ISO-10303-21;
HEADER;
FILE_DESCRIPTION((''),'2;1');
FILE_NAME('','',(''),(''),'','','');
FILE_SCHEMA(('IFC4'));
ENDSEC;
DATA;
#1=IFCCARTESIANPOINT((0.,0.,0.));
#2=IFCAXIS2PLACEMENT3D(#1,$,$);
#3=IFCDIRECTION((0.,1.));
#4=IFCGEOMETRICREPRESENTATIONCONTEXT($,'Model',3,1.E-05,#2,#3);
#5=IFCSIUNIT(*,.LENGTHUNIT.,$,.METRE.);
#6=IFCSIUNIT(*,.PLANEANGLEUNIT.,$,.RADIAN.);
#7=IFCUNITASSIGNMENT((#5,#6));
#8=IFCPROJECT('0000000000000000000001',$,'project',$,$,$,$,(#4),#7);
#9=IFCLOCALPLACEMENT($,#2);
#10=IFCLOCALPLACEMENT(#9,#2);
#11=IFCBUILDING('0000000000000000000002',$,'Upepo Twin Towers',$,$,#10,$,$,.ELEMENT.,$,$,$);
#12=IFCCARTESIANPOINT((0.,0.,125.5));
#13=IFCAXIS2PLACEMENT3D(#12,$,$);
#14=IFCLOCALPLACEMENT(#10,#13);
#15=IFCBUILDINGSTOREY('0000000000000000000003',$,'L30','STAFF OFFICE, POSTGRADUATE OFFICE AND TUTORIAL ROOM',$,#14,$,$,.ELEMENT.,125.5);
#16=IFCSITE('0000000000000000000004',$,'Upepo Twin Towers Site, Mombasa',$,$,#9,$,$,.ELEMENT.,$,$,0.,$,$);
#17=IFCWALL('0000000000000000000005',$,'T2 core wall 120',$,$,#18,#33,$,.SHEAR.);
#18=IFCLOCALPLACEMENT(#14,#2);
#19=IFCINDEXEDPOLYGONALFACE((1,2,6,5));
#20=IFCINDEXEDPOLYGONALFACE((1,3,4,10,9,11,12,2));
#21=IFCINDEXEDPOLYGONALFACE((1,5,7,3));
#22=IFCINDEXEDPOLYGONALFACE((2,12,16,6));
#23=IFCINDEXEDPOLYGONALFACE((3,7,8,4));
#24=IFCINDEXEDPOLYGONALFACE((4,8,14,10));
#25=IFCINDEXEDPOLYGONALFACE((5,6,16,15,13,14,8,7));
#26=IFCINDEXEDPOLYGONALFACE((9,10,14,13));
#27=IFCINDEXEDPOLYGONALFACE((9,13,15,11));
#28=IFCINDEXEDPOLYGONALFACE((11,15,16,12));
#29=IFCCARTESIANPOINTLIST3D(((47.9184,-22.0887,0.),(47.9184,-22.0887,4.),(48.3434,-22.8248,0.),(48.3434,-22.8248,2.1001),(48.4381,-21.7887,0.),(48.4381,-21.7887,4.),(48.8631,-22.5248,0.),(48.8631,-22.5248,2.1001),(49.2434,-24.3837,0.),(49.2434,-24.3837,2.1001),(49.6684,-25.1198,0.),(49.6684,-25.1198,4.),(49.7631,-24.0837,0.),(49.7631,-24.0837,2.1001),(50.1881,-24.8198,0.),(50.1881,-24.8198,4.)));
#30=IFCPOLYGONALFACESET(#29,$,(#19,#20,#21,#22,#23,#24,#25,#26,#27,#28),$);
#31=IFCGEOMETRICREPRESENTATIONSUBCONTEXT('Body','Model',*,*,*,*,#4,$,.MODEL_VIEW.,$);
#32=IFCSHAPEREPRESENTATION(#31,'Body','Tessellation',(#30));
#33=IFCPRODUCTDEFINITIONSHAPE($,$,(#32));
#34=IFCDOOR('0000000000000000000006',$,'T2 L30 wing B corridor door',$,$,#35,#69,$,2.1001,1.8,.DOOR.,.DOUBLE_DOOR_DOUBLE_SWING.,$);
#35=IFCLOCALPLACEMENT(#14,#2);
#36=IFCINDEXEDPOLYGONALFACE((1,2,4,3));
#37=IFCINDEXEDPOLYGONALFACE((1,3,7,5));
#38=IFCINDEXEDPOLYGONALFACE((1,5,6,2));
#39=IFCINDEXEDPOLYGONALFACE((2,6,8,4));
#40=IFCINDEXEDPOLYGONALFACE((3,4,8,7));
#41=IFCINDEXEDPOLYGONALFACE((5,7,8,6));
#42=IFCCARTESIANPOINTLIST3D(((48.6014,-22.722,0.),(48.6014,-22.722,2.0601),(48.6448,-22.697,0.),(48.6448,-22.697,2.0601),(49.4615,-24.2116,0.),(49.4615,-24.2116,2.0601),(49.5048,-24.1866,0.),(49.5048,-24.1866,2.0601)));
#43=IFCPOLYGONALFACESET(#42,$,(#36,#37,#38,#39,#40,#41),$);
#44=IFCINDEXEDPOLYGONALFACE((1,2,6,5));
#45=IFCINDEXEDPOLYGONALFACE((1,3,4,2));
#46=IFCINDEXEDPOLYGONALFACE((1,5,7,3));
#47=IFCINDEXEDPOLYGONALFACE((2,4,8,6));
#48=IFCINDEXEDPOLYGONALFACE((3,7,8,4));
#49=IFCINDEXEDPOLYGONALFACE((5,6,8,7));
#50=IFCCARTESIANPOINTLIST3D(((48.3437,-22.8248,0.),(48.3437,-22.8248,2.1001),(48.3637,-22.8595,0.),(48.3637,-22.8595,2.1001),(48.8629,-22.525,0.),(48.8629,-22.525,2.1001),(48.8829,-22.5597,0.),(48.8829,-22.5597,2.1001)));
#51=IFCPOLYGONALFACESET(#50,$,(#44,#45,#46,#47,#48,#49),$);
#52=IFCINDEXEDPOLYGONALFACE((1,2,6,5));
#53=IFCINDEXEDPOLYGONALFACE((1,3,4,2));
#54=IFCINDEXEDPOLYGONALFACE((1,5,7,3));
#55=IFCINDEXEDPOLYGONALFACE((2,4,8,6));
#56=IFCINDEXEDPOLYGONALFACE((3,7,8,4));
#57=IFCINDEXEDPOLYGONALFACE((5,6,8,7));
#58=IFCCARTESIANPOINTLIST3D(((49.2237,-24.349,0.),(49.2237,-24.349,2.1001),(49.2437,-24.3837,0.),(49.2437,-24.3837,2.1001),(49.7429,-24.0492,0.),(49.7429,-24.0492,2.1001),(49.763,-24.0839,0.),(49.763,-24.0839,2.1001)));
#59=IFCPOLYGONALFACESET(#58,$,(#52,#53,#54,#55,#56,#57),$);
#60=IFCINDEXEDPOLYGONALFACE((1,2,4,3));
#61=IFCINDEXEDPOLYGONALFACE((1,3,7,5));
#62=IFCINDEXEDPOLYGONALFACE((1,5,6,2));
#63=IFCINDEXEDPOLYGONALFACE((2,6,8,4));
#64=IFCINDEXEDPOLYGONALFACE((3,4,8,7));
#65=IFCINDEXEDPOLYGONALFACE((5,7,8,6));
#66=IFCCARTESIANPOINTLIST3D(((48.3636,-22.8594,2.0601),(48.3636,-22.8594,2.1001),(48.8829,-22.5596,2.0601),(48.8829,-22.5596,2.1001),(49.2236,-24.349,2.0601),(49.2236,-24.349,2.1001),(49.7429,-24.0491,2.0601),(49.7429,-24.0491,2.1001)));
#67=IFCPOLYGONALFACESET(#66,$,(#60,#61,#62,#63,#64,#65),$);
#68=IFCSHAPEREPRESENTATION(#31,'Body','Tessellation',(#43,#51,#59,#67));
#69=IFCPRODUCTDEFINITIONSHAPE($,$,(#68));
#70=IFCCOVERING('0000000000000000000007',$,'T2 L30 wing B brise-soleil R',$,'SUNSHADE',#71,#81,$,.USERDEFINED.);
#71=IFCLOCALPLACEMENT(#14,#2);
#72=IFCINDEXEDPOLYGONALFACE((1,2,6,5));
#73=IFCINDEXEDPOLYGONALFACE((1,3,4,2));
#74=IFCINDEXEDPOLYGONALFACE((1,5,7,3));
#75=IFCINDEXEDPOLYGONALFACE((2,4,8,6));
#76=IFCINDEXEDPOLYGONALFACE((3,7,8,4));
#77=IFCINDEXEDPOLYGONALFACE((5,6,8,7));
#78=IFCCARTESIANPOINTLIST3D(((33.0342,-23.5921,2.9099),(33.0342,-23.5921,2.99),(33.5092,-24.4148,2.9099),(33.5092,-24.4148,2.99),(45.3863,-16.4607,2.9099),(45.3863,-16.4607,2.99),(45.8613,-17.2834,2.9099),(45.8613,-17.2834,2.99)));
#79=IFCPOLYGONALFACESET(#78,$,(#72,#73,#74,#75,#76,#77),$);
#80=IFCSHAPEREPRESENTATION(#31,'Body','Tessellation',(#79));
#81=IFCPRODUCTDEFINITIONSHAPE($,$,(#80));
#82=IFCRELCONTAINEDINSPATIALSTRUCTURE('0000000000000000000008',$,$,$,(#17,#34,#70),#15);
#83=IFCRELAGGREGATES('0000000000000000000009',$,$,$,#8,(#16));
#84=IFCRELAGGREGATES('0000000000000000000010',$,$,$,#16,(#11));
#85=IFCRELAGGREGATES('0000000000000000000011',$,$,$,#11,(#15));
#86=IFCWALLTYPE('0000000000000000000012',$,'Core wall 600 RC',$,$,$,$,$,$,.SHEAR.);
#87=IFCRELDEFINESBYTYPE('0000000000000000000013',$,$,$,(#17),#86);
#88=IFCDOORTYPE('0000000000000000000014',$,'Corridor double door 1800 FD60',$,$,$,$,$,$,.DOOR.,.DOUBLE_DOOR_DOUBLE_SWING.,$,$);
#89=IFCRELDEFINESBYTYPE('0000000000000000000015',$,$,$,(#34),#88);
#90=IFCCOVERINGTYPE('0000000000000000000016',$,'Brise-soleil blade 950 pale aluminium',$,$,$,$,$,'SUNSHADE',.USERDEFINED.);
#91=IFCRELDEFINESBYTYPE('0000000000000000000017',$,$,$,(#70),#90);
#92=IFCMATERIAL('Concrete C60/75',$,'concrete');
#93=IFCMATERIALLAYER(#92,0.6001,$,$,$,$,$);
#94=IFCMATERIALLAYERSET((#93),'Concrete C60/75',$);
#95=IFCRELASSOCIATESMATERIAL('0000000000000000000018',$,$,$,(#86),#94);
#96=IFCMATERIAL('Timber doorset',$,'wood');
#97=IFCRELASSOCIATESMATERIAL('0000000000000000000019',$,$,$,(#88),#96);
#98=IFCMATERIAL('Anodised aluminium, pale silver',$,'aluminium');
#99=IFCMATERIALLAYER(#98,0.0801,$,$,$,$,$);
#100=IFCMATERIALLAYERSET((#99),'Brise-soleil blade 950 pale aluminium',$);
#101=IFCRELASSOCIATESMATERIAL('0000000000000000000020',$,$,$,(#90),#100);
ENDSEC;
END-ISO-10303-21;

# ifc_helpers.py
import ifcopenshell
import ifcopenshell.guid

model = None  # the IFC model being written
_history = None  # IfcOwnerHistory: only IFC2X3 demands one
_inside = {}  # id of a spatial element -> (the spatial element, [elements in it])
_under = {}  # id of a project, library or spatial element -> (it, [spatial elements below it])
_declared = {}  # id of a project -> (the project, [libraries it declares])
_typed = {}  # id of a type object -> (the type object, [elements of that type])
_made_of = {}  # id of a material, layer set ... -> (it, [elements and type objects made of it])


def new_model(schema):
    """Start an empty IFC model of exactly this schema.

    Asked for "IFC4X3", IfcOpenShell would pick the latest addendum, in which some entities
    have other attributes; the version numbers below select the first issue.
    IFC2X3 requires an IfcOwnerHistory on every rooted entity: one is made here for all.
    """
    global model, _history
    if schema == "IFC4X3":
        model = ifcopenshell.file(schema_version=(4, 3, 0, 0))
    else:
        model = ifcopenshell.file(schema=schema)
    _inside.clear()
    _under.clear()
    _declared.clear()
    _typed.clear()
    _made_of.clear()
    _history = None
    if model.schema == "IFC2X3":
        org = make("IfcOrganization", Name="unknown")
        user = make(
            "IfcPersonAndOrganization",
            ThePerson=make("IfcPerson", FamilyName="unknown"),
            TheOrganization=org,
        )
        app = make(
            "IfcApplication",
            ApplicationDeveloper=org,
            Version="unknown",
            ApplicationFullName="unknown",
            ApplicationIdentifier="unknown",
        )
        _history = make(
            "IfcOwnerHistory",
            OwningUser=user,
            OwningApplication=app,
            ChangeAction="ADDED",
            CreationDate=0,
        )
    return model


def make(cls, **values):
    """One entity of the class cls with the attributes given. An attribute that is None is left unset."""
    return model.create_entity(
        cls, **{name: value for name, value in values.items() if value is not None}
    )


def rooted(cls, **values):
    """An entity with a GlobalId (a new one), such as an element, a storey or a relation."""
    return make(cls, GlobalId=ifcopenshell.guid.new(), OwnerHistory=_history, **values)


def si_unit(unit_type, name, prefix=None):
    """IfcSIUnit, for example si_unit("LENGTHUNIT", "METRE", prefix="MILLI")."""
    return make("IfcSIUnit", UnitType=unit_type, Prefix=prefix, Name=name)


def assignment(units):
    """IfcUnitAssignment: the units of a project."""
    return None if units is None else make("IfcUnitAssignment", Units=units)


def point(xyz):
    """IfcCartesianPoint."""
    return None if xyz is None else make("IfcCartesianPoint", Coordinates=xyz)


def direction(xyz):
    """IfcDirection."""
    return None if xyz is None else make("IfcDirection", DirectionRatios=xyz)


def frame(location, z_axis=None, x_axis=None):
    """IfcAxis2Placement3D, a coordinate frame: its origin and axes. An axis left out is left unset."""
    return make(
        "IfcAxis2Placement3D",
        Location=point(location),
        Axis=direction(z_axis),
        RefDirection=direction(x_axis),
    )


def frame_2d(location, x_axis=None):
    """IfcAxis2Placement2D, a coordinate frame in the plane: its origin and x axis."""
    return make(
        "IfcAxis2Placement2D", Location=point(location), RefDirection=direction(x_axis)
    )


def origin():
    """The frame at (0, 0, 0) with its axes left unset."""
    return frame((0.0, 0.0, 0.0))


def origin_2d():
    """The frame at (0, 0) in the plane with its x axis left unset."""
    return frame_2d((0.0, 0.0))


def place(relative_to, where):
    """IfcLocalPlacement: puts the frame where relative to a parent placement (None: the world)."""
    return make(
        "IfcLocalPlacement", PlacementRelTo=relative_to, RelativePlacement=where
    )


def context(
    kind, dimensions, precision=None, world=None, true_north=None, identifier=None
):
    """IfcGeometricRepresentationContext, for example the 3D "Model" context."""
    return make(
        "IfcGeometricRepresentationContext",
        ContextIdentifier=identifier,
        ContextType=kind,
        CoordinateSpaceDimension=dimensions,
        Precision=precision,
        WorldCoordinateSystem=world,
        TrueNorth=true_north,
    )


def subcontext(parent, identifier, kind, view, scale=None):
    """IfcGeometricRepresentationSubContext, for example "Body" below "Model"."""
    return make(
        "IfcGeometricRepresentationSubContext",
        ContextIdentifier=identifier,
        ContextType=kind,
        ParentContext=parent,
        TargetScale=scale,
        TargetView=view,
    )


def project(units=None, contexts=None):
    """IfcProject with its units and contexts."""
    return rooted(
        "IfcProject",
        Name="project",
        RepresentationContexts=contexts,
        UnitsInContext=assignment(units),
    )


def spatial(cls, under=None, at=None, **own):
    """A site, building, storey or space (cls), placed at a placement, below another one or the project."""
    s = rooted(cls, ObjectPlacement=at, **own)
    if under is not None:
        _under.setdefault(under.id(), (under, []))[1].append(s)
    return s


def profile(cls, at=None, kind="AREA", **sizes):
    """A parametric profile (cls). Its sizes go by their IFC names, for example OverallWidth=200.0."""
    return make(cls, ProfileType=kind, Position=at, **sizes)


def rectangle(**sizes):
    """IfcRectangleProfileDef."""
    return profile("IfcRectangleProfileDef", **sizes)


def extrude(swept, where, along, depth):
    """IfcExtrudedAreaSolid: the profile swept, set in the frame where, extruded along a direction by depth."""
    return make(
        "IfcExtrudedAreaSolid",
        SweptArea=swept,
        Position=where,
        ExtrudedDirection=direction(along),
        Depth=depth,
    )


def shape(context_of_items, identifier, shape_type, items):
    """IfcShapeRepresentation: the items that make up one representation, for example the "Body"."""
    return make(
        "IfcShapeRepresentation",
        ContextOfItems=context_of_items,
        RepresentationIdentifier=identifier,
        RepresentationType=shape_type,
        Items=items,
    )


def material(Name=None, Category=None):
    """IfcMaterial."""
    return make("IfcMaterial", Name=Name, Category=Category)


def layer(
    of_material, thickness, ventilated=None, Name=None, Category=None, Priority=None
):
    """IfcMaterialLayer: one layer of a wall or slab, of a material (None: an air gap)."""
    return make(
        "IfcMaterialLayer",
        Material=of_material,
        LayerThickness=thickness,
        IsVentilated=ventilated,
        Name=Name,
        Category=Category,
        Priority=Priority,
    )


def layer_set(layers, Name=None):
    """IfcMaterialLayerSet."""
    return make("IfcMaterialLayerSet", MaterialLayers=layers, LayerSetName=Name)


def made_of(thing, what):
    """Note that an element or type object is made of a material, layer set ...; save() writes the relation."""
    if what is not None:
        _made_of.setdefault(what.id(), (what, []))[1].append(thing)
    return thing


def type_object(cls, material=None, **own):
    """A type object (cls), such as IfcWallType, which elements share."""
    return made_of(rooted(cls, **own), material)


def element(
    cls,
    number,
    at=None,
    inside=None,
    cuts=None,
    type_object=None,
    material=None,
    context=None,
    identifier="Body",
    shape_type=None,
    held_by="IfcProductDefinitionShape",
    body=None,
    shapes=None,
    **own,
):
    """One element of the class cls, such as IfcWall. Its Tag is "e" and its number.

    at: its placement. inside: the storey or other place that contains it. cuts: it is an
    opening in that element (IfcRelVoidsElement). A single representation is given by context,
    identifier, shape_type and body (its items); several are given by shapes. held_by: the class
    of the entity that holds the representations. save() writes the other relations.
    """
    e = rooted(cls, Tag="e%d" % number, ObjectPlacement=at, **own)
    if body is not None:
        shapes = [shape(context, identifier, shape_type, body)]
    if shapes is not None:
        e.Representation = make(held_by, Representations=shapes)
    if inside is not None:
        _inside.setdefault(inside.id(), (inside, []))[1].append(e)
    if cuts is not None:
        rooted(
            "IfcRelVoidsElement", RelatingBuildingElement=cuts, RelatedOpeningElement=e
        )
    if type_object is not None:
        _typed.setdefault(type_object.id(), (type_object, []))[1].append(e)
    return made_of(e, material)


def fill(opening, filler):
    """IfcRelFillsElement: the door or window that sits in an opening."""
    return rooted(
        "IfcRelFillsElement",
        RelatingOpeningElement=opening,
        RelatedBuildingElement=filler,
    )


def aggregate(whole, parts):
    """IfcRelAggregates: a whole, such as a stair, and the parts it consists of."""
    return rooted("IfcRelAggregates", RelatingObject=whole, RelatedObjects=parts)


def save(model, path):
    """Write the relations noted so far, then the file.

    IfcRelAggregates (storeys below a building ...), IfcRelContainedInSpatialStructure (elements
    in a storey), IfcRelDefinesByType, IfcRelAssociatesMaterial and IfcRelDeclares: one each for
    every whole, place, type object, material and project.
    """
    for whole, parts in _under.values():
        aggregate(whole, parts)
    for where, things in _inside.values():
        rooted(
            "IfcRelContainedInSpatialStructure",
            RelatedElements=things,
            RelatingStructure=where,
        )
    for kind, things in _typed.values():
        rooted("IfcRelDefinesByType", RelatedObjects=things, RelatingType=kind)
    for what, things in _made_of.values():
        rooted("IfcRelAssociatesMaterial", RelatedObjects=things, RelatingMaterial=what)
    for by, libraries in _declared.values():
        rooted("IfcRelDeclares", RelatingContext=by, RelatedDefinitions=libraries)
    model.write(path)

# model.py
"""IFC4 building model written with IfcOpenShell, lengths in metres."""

from ifc_helpers import new_model, si_unit, direction, frame, frame_2d, origin, origin_2d, place, context, subcontext, project, spatial, rectangle, extrude, material, layer, layer_set, type_object, element, fill, save


model = new_model("IFC4")

# Units and contexts
model_context = context("Model", 3, precision=1e-05, world=origin(), true_north=direction((0.0, 1.0)))
body_context = subcontext(model_context, "Body", "Model", "MODEL_VIEW")
ifc_project = project(units=[si_unit("LENGTHUNIT", "METRE"), si_unit("PLANEANGLEUNIT", "RADIAN")], contexts=[model_context])

# Site, building, storey
site_placement = place(None, origin())
site = spatial("IfcSite", under=ifc_project, at=site_placement, Name="Upepo Twin Towers Site, Mombasa", CompositionType="ELEMENT", RefElevation=0.0)
building_placement = place(site_placement, origin())
building = spatial("IfcBuilding", under=site, at=building_placement, Name="Upepo Twin Towers", CompositionType="ELEMENT")
storey_placement = place(building_placement, frame((0.0, 0.0, 125.5)))
storey = spatial("IfcBuildingStorey", under=building, at=storey_placement, Name="L30", Description="STAFF OFFICE, POSTGRADUATE OFFICE AND TUTORIAL ROOM", CompositionType="ELEMENT", Elevation=125.5)

# Shared definitions
ifc_material_1 = material(Name="Concrete C60/75", Category="concrete")
ifc_layer_1 = layer(ifc_material_1, 0.6001)
ifc_layer_set_1 = layer_set([ifc_layer_1], Name="Concrete C60/75")
wall_type_1 = type_object("IfcWallType", Name="Core wall 600 RC", PredefinedType="SHEAR", material=ifc_layer_set_1)

# Wall, opening, door
wall_1_placement = place(storey_placement, frame((48.1782, -21.9387, 0.0), z_axis=(0.0, 0.0, 1.0), x_axis=(0.50001, -0.866019, 0.0)))
wall_1 = element("IfcWall", 1, at=wall_1_placement, inside=storey, type_object=wall_type_1, Name="T2 core wall 120", PredefinedType="SHEAR", context=body_context, shape_type="SweptSolid", body=[
    extrude(rectangle(XDim=3.5, YDim=0.6001, at=frame_2d((1.75, 0.0))), origin(), (0.0, 0.0, 1.0), 4.0),
])
opening_placement = place(wall_1_placement, frame((0.8501, 0.0, 0.0)))
opening = element("IfcOpeningElement", 2, at=opening_placement, cuts=wall_1, PredefinedType="OPENING", context=body_context, shape_type="SweptSolid", body=[
    extrude(rectangle(XDim=1.8, YDim=2.1001, at=frame_2d((0.8999, 1.05))), frame((0.0, 0.3101, 0.0), z_axis=(0.0, -1.0, 0.0), x_axis=(1.0, 0.0, 0.0)), (0.0, 0.0, 1.0), 0.6201),
])
ifc_material_2 = material(Name="Timber doorset", Category="wood")
door_type = type_object("IfcDoorType", Name="Corridor double door 1800 FD60", OperationType="DOUBLE_DOOR_DOUBLE_SWING", PredefinedType="DOOR", material=ifc_material_2)
door_placement = place(opening_placement, origin())
door = element("IfcDoor", 3, at=door_placement, inside=storey, type_object=door_type, Name="T2 L30 wing B corridor door", OperationType="DOUBLE_DOOR_DOUBLE_SWING", OverallHeight=2.1001, OverallWidth=1.8, PredefinedType="DOOR", context=body_context, shape_type="SweptSolid", body=[
    extrude(rectangle(XDim=1.72, YDim=2.0601, at=frame_2d((0.8999, 1.03))), frame((0.0, 0.0249, 0.0), z_axis=(0.0, -1.0, 0.0), x_axis=(1.0, 0.0, 0.0)), (0.0, 0.0, 1.0), 0.05),
    extrude(rectangle(XDim=0.04, YDim=2.1001, at=frame_2d((0.02, 1.05))), frame((0.0, 0.2998, 0.0), z_axis=(0.0, -1.0, 0.0), x_axis=(1.0, 0.0, 0.0)), (0.0, 0.0, 1.0), 0.5996),
    extrude(rectangle(XDim=0.04, YDim=2.1001, at=frame_2d((1.78, 1.05))), frame((0.0, 0.2998, 0.0), z_axis=(0.0, -1.0, 0.0), x_axis=(1.0, 0.0, 0.0)), (0.0, 0.0, 1.0), 0.5996),
    extrude(rectangle(XDim=1.72, YDim=0.04, at=frame_2d((0.8999, 2.0801))), frame((0.0, 0.2998, 0.0), z_axis=(0.0, -1.0, 0.0), x_axis=(1.0, 0.0, 0.0)), (0.0, 0.0, 1.0), 0.5996),
])
fill(opening, door)

# Covering
ifc_material_3 = material(Name="Anodised aluminium, pale silver", Category="aluminium")
ifc_layer_2 = layer(ifc_material_3, 0.0801)
ifc_layer_set_2 = layer_set([ifc_layer_2], Name="Brise-soleil blade 950 pale aluminium")
covering_type = type_object("IfcCoveringType", Name="Brise-soleil blade 950 pale aluminium", ElementType="SUNSHADE", PredefinedType="USERDEFINED", material=ifc_layer_set_2)
covering_placement = place(storey_placement, frame((39.4478, -20.4377, 2.9099), z_axis=(0.0, 0.0, 1.0), x_axis=(-0.866025, -0.5, 0.0)))
element("IfcCovering", 4, at=covering_placement, inside=storey, type_object=covering_type, Name="T2 L30 wing B brise-soleil R", ObjectType="SUNSHADE", PredefinedType="USERDEFINED", context=body_context, shape_type="SweptSolid", body=[
    extrude(rectangle(XDim=14.2629, YDim=0.95, at=origin_2d()), origin(), (0.0, 0.0, 1.0), 0.0801),
])

save(model, "model.ifc")
